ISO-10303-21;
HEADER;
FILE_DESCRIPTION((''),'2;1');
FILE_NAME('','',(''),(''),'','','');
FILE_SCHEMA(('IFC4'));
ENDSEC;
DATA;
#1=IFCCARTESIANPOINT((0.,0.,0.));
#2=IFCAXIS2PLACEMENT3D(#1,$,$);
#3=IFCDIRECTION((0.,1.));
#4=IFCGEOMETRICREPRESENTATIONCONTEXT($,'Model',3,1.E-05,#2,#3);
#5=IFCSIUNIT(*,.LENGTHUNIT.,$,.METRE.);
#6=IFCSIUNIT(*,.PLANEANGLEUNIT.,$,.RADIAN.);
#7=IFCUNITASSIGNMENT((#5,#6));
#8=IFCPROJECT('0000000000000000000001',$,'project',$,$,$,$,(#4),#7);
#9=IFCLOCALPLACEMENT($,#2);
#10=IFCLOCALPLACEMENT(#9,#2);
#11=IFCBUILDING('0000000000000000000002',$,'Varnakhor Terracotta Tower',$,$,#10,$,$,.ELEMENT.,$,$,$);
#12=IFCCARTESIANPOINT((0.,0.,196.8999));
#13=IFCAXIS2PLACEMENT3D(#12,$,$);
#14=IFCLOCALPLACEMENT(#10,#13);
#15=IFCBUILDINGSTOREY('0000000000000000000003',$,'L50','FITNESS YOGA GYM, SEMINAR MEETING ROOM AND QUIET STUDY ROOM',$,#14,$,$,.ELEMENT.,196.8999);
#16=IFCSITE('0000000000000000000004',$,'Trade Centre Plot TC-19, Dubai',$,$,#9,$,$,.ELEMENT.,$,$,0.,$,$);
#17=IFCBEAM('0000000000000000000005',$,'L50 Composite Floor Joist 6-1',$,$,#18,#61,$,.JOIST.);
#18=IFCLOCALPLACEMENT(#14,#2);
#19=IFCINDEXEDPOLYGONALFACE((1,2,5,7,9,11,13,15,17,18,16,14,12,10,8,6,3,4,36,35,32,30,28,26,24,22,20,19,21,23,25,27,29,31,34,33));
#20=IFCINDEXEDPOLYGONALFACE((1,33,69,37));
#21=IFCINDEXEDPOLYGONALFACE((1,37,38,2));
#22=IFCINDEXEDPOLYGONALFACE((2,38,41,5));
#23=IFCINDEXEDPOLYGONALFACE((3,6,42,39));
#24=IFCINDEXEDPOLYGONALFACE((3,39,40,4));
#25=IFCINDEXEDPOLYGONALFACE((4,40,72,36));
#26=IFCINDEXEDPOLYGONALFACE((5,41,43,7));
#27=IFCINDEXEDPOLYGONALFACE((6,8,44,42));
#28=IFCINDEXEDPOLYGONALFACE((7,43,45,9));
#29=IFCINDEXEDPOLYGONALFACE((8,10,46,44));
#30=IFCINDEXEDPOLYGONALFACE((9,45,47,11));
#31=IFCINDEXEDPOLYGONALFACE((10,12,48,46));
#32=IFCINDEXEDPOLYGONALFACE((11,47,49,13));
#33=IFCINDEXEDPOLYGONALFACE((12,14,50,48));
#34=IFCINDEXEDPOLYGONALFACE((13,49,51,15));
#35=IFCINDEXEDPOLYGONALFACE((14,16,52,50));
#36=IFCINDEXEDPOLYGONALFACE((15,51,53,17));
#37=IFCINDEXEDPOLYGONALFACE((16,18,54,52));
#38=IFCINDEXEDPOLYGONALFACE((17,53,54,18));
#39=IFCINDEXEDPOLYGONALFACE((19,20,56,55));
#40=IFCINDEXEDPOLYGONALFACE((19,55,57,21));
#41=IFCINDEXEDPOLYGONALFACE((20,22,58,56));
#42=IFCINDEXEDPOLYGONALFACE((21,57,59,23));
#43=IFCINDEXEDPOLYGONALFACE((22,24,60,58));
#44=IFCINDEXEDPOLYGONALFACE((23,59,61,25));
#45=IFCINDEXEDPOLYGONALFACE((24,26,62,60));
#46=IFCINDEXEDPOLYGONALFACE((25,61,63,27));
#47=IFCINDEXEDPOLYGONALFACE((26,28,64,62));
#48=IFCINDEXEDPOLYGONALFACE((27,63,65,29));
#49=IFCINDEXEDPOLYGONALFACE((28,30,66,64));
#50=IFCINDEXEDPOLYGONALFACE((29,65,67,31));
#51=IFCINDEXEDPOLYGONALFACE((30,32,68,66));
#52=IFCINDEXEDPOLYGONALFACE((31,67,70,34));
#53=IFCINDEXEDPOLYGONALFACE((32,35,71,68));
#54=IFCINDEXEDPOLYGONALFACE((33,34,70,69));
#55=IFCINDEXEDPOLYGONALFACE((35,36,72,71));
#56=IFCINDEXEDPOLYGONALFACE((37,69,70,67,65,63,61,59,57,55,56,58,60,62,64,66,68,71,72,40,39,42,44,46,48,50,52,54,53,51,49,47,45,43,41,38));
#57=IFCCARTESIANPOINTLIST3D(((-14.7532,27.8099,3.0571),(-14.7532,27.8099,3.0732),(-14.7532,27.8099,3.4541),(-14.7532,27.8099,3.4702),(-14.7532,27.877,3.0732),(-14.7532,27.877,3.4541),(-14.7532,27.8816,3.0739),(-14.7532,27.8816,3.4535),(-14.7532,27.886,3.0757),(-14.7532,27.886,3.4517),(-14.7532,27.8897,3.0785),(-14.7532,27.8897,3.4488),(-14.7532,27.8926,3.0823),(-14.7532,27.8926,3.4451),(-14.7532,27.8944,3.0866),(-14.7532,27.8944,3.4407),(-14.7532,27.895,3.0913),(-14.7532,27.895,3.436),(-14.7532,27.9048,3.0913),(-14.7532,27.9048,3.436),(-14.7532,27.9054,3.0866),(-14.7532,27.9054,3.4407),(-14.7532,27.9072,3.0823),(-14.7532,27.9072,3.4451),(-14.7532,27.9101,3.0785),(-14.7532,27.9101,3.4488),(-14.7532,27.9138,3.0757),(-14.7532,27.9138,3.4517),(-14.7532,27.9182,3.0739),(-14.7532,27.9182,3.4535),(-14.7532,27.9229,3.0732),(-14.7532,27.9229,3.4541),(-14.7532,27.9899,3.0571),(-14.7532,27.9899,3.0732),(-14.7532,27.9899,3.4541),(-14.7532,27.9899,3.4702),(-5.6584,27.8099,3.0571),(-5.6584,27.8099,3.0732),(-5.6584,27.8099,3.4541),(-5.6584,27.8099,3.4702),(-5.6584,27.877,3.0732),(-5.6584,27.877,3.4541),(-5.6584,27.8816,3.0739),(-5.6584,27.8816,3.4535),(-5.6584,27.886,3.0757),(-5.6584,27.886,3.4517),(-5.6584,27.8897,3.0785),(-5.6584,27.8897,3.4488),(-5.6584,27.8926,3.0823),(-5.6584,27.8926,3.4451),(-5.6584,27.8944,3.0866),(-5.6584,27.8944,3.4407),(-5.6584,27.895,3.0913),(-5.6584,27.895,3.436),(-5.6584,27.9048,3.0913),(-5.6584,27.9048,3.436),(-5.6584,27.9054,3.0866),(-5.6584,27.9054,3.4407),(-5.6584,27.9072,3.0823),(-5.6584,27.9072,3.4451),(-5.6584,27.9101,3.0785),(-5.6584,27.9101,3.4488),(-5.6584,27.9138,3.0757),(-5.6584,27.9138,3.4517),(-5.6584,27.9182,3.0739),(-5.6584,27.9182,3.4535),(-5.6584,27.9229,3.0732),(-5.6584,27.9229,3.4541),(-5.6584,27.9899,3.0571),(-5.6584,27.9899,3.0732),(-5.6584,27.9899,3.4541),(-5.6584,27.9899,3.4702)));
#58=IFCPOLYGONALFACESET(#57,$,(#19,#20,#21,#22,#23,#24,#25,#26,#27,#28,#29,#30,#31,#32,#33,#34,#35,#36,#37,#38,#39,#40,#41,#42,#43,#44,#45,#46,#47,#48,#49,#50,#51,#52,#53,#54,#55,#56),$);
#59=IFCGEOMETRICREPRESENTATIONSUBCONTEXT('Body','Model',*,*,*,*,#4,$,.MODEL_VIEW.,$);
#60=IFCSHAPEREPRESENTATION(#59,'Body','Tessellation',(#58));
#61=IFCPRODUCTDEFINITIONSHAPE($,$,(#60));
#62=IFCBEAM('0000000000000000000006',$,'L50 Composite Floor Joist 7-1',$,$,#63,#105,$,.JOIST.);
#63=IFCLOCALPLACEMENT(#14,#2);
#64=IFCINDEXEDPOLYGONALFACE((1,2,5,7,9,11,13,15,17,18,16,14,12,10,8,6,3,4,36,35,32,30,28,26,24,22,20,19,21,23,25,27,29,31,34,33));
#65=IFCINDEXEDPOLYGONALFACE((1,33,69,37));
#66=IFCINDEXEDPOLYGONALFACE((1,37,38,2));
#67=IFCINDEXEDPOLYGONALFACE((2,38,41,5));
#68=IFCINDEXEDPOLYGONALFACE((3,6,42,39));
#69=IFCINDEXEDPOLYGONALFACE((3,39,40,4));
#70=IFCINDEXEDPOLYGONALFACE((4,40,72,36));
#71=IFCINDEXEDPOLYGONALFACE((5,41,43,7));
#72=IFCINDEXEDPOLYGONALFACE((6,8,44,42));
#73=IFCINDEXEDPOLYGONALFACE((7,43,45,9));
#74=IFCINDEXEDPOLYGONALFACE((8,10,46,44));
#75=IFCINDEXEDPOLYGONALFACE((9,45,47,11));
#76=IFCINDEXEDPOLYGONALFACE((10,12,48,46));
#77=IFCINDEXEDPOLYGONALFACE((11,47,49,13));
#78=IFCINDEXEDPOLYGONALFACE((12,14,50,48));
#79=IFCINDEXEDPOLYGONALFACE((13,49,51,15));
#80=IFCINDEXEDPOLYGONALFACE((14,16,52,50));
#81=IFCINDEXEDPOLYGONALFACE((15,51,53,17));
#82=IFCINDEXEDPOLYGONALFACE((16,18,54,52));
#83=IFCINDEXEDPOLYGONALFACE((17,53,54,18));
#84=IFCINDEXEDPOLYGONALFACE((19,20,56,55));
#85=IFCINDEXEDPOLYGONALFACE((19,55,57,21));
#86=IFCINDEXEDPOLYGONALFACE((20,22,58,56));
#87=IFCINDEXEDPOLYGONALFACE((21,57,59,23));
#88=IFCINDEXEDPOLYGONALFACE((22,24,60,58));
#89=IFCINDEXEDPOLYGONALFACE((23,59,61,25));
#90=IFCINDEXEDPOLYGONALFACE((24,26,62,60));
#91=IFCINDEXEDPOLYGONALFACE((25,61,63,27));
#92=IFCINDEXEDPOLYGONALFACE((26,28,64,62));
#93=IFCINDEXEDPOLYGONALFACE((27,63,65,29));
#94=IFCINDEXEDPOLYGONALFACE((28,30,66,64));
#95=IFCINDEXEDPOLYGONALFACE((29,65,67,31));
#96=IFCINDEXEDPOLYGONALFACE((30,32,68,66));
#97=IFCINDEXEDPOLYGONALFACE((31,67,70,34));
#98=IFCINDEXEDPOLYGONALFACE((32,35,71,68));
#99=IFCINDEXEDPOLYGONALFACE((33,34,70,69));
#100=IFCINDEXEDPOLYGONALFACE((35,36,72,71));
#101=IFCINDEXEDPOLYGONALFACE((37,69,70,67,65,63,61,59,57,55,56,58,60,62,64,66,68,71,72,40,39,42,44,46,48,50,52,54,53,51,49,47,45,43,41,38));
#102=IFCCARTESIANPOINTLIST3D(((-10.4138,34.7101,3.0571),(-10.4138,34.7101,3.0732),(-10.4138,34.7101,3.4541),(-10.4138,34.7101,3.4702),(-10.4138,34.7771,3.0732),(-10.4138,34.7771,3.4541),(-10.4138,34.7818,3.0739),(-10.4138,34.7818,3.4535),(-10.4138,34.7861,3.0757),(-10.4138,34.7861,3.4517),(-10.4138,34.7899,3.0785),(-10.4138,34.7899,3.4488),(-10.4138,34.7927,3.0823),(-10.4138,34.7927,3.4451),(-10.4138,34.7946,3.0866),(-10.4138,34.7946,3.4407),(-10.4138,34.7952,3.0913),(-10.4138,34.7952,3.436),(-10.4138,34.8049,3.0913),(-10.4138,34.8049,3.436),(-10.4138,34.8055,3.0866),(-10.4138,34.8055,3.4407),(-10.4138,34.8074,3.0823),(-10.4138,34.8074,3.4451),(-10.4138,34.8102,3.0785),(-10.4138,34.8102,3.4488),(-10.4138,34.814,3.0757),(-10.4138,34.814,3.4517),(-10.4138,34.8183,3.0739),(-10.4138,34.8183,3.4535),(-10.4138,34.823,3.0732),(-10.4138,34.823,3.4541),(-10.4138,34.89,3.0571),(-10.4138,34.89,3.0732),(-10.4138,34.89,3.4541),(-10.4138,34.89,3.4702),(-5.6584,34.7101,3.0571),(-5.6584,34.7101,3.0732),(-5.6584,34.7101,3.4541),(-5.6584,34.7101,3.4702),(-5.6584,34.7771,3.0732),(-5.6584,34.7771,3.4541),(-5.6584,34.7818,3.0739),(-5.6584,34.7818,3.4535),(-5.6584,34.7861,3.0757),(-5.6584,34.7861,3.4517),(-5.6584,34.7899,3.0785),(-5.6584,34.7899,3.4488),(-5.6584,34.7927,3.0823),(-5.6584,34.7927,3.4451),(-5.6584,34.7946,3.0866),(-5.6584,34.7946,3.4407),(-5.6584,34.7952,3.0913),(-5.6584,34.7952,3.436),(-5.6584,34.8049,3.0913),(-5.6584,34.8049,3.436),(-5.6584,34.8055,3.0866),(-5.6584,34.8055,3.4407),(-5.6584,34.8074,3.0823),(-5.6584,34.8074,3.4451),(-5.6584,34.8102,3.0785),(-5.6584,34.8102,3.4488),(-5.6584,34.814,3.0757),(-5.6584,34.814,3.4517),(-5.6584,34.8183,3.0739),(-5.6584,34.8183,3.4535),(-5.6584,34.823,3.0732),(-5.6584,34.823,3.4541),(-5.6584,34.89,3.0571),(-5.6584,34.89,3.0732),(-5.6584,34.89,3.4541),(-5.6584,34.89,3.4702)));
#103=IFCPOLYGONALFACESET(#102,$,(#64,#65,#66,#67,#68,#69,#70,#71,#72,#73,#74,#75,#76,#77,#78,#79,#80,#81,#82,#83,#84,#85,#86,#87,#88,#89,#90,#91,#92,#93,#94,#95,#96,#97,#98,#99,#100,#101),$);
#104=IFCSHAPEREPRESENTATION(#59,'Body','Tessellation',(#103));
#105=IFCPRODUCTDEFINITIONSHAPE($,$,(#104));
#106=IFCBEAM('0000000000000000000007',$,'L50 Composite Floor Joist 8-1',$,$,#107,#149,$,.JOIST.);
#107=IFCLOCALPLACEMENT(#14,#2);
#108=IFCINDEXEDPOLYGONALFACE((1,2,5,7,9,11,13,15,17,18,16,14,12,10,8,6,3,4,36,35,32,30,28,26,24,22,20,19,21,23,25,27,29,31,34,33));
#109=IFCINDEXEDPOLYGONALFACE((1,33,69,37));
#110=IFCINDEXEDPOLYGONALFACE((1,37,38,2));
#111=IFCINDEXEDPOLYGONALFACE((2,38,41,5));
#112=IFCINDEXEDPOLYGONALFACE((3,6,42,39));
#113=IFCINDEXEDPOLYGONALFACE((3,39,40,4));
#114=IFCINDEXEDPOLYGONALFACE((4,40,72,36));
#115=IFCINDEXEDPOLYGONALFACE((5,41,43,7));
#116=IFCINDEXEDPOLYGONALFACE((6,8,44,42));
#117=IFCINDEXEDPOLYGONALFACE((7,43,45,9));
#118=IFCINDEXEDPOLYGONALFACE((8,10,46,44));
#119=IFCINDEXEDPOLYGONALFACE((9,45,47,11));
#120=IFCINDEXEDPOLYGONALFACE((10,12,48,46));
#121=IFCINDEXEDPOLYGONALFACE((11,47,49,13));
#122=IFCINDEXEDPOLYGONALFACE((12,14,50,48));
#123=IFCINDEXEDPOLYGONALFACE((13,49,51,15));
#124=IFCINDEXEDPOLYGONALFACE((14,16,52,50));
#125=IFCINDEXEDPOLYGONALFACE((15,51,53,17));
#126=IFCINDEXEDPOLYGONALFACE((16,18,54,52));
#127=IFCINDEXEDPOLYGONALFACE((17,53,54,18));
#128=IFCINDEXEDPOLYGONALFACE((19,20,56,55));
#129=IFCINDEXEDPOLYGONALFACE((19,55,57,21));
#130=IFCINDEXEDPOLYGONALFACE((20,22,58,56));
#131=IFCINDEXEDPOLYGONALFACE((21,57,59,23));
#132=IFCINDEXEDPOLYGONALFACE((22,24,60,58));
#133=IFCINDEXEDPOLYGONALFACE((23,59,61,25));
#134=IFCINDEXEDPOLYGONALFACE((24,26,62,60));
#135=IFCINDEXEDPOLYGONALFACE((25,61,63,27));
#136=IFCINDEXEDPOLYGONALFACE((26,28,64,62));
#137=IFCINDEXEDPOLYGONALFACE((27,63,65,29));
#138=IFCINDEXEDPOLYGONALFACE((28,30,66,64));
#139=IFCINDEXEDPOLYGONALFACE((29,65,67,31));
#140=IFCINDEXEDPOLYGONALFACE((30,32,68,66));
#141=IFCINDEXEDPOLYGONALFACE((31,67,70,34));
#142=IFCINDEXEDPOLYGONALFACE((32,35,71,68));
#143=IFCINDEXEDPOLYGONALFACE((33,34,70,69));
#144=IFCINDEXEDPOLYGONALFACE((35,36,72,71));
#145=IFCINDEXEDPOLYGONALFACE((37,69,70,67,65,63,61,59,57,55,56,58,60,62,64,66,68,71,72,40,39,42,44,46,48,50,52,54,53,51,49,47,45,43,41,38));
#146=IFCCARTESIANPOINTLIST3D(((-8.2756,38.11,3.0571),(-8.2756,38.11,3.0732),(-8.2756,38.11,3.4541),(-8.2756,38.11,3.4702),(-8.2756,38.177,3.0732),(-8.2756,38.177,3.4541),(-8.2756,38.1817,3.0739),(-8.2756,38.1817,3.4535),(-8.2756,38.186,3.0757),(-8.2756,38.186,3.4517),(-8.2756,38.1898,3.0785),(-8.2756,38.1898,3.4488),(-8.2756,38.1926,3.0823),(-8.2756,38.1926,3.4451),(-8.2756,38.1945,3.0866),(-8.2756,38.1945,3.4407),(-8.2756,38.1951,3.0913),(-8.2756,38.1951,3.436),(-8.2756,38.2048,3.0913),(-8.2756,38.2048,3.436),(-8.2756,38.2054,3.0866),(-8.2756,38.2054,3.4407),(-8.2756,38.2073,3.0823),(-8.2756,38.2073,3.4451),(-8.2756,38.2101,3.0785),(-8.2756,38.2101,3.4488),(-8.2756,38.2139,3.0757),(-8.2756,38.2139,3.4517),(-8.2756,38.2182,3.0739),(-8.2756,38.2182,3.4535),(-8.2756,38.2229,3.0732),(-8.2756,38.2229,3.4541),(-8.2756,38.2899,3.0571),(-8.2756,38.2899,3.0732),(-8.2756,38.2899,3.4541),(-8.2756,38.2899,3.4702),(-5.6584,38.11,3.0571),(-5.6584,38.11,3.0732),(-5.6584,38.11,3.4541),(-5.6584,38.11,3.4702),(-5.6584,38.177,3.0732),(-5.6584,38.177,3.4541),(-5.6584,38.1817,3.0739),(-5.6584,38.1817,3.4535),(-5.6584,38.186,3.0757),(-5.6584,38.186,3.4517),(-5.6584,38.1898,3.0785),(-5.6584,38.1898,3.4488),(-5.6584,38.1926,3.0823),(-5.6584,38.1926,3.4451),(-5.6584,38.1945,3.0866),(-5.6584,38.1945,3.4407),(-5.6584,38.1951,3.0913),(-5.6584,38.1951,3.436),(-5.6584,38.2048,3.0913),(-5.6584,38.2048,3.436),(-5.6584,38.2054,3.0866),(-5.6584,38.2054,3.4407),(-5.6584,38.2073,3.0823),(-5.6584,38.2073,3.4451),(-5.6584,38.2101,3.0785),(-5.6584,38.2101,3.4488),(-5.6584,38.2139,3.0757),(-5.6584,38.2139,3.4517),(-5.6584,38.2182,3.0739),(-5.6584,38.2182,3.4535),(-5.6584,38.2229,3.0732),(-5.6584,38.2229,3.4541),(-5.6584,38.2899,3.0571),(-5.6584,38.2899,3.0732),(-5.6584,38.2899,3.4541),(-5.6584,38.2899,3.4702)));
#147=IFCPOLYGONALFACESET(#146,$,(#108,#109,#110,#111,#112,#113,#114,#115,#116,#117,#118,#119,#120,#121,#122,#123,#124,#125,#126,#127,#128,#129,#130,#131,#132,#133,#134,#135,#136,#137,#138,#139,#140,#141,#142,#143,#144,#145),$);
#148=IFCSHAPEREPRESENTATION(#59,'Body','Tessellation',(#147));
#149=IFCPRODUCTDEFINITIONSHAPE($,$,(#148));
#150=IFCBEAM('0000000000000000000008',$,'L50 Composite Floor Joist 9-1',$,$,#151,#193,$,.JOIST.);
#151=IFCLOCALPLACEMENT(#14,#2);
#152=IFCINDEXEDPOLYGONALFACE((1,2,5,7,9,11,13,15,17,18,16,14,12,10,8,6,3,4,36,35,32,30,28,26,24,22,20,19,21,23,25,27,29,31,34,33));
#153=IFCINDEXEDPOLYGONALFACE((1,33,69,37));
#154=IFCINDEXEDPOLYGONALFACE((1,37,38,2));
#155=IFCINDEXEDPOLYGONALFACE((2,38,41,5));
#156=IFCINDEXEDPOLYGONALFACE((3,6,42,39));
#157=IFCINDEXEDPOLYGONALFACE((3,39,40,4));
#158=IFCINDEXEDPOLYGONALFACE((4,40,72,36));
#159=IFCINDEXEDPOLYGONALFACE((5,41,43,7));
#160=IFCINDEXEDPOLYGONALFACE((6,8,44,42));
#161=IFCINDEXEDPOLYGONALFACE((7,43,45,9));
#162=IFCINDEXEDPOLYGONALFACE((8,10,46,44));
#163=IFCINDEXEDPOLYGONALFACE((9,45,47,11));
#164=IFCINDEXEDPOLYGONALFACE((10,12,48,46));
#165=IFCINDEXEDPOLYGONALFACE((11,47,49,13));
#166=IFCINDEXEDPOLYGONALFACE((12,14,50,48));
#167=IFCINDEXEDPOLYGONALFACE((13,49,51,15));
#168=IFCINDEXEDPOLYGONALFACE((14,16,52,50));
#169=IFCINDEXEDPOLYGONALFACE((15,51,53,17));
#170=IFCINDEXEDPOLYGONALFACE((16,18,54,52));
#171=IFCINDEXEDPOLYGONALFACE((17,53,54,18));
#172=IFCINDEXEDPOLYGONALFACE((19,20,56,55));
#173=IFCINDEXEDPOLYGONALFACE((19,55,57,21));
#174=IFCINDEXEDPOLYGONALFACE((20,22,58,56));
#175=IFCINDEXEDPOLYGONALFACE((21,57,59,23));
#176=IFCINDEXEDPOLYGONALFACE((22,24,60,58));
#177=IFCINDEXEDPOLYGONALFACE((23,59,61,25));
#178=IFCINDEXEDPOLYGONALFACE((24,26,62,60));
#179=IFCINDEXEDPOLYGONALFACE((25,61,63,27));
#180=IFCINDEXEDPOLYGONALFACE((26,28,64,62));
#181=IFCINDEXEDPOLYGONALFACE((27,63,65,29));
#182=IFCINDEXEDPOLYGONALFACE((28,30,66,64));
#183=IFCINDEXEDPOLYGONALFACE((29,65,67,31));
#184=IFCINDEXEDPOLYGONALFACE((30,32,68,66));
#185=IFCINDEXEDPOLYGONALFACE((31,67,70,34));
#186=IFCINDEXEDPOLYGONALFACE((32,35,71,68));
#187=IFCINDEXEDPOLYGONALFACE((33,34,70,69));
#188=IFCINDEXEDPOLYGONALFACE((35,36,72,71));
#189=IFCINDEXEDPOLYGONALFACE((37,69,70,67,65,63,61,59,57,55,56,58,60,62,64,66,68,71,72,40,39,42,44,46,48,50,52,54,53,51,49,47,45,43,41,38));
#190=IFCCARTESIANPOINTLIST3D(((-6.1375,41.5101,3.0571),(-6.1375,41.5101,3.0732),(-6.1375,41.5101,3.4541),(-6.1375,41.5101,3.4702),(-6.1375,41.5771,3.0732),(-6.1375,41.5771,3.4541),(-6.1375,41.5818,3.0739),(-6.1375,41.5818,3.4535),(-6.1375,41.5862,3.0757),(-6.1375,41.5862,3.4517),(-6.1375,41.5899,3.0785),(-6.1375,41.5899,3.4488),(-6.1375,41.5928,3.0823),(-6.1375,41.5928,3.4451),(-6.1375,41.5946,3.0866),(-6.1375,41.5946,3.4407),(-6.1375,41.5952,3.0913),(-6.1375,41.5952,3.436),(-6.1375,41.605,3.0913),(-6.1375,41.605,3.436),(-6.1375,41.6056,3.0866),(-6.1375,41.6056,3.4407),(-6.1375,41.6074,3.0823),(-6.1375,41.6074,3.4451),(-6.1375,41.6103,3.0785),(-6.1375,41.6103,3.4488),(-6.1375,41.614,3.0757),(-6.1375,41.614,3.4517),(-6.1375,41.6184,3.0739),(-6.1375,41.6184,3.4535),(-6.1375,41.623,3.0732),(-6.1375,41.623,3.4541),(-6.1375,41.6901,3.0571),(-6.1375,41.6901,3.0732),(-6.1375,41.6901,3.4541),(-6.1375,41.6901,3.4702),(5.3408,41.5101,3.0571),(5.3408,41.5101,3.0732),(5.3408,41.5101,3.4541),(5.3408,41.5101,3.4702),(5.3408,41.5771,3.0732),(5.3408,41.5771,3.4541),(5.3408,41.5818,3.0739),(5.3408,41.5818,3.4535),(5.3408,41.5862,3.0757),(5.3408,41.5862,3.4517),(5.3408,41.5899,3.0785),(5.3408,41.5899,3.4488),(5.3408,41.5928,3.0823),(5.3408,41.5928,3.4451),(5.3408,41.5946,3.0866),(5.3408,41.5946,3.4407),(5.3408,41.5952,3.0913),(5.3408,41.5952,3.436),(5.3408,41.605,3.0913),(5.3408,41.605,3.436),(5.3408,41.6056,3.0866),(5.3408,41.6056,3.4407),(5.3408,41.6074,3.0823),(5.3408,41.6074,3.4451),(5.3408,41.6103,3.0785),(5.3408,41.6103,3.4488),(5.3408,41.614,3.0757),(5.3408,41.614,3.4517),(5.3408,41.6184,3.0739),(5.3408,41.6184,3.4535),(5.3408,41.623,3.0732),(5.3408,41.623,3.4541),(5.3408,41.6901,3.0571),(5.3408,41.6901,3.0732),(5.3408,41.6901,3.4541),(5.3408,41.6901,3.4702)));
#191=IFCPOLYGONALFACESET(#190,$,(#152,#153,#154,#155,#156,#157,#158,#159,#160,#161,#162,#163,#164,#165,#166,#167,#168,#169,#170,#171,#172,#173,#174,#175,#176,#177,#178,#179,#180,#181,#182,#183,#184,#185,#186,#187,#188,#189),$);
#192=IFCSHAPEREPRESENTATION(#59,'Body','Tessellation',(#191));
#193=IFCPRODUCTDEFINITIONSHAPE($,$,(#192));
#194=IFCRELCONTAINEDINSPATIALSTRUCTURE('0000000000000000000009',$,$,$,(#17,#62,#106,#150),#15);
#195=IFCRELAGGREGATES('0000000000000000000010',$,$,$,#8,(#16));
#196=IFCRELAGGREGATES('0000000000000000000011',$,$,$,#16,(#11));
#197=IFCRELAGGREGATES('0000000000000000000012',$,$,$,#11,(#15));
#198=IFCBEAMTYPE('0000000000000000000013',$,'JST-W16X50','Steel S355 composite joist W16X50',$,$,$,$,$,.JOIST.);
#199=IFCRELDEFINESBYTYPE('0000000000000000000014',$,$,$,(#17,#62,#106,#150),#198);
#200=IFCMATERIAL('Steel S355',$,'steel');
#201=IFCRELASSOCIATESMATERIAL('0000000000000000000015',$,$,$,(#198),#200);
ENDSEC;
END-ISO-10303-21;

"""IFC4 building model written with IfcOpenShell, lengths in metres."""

from ifc_helpers import new_model, si_unit, direction, frame, origin, origin_2d, place, context, subcontext, project, spatial, i_section, extrude, source, transform, mapped, material, material_profile, profile_set, type_object, element, save


model = new_model("IFC4")

# Units and contexts
model_context = context("Model", 3, precision=1e-05, world=origin(), true_north=direction((0.0, 1.0)))
body_context = subcontext(model_context, "Body", "Model", "MODEL_VIEW")
ifc_project = project(units=[si_unit("LENGTHUNIT", "METRE"), si_unit("PLANEANGLEUNIT", "RADIAN")], contexts=[model_context])

# Site, building, storey
site_placement = place(None, origin())
site = spatial("IfcSite", under=ifc_project, at=site_placement, Name="Trade Centre Plot TC-19, Dubai", CompositionType="ELEMENT", RefElevation=0.0)
building_placement = place(site_placement, origin())
building = spatial("IfcBuilding", under=site, at=building_placement, Name="Varnakhor Terracotta Tower", CompositionType="ELEMENT")
storey_placement = place(building_placement, frame((0.0, 0.0, 196.8999)))
storey = spatial("IfcBuildingStorey", under=building, at=storey_placement, Name="L50", Description="FITNESS YOGA GYM, SEMINAR MEETING ROOM AND QUIET STUDY ROOM", CompositionType="ELEMENT", Elevation=196.8999)

# Beams
ifc_material_1 = material(Name="Steel S355", Category="steel")
ifc_material_profile_1 = material_profile(ifc_material_1, i_section(OverallWidth=0.1799, OverallDepth=0.4131, WebThickness=0.0098, FlangeThickness=0.0161, FilletRadius=0.0181, at=origin_2d()), Name="W16X50")
ifc_profile_set_1 = profile_set([ifc_material_profile_1], Name="Steel S355")
beam_type_1 = type_object("IfcBeamType", Name="JST-W16X50", Description="Steel S355 composite joist W16X50", PredefinedType="JOIST", material=ifc_profile_set_1)
shared_shape_1 = source(origin(), body_context, "Body", "SweptSolid", [
    extrude(i_section(OverallWidth=0.1799, OverallDepth=0.4131, WebThickness=0.0098, FlangeThickness=0.0161, FilletRadius=0.0181, at=origin_2d()), origin(), (0.0, 0.0, 1.0), 9.0947),
])
beam_1_placement = place(storey_placement, frame((-14.7532, 27.8999, 3.2637), z_axis=(1.0, 0.0, 0.0), x_axis=(0.0, 1.0, 0.0)))
element("IfcBeam", 1, at=beam_1_placement, inside=storey, type_object=beam_type_1, Name="L50 Composite Floor Joist 6-1", PredefinedType="JOIST", context=body_context, shape_type="MappedRepresentation", body=[
    mapped(shared_shape_1, transform((0.0, 0.0, 0.0), scale=1.0)),
])
shared_shape_2 = source(origin(), body_context, "Body", "SweptSolid", [
    extrude(i_section(OverallWidth=0.1799, OverallDepth=0.4131, WebThickness=0.0098, FlangeThickness=0.0161, FilletRadius=0.0181, at=origin_2d()), origin(), (0.0, 0.0, 1.0), 4.7554),
])
beam_2_placement = place(storey_placement, frame((-10.4138, 34.8, 3.2637), z_axis=(1.0, 0.0, 0.0), x_axis=(0.0, 1.0, 0.0)))
element("IfcBeam", 2, at=beam_2_placement, inside=storey, type_object=beam_type_1, Name="L50 Composite Floor Joist 7-1", PredefinedType="JOIST", context=body_context, shape_type="MappedRepresentation", body=[
    mapped(shared_shape_2, transform((0.0, 0.0, 0.0), scale=1.0)),
])
shared_shape_3 = source(origin(), body_context, "Body", "SweptSolid", [
    extrude(i_section(OverallWidth=0.1799, OverallDepth=0.4131, WebThickness=0.0098, FlangeThickness=0.0161, FilletRadius=0.0181, at=origin_2d()), origin(), (0.0, 0.0, 1.0), 2.6172),
])
beam_3_placement = place(storey_placement, frame((-8.2756, 38.2, 3.2637), z_axis=(1.0, 0.0, 0.0), x_axis=(0.0, 1.0, 0.0)))
element("IfcBeam", 3, at=beam_3_placement, inside=storey, type_object=beam_type_1, Name="L50 Composite Floor Joist 8-1", PredefinedType="JOIST", context=body_context, shape_type="MappedRepresentation", body=[
    mapped(shared_shape_3, transform((0.0, 0.0, 0.0), scale=1.0)),
])
shared_shape_4 = source(origin(), body_context, "Body", "SweptSolid", [
    extrude(i_section(OverallWidth=0.1799, OverallDepth=0.4131, WebThickness=0.0098, FlangeThickness=0.0161, FilletRadius=0.0181, at=origin_2d()), origin(), (0.0, 0.0, 1.0), 11.4783),
])
beam_4_placement = place(storey_placement, frame((-6.1375, 41.6001, 3.2637), z_axis=(1.0, 0.0, 0.0), x_axis=(0.0, 1.0, 0.0)))
element("IfcBeam", 4, at=beam_4_placement, inside=storey, type_object=beam_type_1, Name="L50 Composite Floor Joist 9-1", PredefinedType="JOIST", context=body_context, shape_type="MappedRepresentation", body=[
    mapped(shared_shape_4, transform((0.0, 0.0, 0.0), scale=1.0)),
])

save(model, "model.ifc")
